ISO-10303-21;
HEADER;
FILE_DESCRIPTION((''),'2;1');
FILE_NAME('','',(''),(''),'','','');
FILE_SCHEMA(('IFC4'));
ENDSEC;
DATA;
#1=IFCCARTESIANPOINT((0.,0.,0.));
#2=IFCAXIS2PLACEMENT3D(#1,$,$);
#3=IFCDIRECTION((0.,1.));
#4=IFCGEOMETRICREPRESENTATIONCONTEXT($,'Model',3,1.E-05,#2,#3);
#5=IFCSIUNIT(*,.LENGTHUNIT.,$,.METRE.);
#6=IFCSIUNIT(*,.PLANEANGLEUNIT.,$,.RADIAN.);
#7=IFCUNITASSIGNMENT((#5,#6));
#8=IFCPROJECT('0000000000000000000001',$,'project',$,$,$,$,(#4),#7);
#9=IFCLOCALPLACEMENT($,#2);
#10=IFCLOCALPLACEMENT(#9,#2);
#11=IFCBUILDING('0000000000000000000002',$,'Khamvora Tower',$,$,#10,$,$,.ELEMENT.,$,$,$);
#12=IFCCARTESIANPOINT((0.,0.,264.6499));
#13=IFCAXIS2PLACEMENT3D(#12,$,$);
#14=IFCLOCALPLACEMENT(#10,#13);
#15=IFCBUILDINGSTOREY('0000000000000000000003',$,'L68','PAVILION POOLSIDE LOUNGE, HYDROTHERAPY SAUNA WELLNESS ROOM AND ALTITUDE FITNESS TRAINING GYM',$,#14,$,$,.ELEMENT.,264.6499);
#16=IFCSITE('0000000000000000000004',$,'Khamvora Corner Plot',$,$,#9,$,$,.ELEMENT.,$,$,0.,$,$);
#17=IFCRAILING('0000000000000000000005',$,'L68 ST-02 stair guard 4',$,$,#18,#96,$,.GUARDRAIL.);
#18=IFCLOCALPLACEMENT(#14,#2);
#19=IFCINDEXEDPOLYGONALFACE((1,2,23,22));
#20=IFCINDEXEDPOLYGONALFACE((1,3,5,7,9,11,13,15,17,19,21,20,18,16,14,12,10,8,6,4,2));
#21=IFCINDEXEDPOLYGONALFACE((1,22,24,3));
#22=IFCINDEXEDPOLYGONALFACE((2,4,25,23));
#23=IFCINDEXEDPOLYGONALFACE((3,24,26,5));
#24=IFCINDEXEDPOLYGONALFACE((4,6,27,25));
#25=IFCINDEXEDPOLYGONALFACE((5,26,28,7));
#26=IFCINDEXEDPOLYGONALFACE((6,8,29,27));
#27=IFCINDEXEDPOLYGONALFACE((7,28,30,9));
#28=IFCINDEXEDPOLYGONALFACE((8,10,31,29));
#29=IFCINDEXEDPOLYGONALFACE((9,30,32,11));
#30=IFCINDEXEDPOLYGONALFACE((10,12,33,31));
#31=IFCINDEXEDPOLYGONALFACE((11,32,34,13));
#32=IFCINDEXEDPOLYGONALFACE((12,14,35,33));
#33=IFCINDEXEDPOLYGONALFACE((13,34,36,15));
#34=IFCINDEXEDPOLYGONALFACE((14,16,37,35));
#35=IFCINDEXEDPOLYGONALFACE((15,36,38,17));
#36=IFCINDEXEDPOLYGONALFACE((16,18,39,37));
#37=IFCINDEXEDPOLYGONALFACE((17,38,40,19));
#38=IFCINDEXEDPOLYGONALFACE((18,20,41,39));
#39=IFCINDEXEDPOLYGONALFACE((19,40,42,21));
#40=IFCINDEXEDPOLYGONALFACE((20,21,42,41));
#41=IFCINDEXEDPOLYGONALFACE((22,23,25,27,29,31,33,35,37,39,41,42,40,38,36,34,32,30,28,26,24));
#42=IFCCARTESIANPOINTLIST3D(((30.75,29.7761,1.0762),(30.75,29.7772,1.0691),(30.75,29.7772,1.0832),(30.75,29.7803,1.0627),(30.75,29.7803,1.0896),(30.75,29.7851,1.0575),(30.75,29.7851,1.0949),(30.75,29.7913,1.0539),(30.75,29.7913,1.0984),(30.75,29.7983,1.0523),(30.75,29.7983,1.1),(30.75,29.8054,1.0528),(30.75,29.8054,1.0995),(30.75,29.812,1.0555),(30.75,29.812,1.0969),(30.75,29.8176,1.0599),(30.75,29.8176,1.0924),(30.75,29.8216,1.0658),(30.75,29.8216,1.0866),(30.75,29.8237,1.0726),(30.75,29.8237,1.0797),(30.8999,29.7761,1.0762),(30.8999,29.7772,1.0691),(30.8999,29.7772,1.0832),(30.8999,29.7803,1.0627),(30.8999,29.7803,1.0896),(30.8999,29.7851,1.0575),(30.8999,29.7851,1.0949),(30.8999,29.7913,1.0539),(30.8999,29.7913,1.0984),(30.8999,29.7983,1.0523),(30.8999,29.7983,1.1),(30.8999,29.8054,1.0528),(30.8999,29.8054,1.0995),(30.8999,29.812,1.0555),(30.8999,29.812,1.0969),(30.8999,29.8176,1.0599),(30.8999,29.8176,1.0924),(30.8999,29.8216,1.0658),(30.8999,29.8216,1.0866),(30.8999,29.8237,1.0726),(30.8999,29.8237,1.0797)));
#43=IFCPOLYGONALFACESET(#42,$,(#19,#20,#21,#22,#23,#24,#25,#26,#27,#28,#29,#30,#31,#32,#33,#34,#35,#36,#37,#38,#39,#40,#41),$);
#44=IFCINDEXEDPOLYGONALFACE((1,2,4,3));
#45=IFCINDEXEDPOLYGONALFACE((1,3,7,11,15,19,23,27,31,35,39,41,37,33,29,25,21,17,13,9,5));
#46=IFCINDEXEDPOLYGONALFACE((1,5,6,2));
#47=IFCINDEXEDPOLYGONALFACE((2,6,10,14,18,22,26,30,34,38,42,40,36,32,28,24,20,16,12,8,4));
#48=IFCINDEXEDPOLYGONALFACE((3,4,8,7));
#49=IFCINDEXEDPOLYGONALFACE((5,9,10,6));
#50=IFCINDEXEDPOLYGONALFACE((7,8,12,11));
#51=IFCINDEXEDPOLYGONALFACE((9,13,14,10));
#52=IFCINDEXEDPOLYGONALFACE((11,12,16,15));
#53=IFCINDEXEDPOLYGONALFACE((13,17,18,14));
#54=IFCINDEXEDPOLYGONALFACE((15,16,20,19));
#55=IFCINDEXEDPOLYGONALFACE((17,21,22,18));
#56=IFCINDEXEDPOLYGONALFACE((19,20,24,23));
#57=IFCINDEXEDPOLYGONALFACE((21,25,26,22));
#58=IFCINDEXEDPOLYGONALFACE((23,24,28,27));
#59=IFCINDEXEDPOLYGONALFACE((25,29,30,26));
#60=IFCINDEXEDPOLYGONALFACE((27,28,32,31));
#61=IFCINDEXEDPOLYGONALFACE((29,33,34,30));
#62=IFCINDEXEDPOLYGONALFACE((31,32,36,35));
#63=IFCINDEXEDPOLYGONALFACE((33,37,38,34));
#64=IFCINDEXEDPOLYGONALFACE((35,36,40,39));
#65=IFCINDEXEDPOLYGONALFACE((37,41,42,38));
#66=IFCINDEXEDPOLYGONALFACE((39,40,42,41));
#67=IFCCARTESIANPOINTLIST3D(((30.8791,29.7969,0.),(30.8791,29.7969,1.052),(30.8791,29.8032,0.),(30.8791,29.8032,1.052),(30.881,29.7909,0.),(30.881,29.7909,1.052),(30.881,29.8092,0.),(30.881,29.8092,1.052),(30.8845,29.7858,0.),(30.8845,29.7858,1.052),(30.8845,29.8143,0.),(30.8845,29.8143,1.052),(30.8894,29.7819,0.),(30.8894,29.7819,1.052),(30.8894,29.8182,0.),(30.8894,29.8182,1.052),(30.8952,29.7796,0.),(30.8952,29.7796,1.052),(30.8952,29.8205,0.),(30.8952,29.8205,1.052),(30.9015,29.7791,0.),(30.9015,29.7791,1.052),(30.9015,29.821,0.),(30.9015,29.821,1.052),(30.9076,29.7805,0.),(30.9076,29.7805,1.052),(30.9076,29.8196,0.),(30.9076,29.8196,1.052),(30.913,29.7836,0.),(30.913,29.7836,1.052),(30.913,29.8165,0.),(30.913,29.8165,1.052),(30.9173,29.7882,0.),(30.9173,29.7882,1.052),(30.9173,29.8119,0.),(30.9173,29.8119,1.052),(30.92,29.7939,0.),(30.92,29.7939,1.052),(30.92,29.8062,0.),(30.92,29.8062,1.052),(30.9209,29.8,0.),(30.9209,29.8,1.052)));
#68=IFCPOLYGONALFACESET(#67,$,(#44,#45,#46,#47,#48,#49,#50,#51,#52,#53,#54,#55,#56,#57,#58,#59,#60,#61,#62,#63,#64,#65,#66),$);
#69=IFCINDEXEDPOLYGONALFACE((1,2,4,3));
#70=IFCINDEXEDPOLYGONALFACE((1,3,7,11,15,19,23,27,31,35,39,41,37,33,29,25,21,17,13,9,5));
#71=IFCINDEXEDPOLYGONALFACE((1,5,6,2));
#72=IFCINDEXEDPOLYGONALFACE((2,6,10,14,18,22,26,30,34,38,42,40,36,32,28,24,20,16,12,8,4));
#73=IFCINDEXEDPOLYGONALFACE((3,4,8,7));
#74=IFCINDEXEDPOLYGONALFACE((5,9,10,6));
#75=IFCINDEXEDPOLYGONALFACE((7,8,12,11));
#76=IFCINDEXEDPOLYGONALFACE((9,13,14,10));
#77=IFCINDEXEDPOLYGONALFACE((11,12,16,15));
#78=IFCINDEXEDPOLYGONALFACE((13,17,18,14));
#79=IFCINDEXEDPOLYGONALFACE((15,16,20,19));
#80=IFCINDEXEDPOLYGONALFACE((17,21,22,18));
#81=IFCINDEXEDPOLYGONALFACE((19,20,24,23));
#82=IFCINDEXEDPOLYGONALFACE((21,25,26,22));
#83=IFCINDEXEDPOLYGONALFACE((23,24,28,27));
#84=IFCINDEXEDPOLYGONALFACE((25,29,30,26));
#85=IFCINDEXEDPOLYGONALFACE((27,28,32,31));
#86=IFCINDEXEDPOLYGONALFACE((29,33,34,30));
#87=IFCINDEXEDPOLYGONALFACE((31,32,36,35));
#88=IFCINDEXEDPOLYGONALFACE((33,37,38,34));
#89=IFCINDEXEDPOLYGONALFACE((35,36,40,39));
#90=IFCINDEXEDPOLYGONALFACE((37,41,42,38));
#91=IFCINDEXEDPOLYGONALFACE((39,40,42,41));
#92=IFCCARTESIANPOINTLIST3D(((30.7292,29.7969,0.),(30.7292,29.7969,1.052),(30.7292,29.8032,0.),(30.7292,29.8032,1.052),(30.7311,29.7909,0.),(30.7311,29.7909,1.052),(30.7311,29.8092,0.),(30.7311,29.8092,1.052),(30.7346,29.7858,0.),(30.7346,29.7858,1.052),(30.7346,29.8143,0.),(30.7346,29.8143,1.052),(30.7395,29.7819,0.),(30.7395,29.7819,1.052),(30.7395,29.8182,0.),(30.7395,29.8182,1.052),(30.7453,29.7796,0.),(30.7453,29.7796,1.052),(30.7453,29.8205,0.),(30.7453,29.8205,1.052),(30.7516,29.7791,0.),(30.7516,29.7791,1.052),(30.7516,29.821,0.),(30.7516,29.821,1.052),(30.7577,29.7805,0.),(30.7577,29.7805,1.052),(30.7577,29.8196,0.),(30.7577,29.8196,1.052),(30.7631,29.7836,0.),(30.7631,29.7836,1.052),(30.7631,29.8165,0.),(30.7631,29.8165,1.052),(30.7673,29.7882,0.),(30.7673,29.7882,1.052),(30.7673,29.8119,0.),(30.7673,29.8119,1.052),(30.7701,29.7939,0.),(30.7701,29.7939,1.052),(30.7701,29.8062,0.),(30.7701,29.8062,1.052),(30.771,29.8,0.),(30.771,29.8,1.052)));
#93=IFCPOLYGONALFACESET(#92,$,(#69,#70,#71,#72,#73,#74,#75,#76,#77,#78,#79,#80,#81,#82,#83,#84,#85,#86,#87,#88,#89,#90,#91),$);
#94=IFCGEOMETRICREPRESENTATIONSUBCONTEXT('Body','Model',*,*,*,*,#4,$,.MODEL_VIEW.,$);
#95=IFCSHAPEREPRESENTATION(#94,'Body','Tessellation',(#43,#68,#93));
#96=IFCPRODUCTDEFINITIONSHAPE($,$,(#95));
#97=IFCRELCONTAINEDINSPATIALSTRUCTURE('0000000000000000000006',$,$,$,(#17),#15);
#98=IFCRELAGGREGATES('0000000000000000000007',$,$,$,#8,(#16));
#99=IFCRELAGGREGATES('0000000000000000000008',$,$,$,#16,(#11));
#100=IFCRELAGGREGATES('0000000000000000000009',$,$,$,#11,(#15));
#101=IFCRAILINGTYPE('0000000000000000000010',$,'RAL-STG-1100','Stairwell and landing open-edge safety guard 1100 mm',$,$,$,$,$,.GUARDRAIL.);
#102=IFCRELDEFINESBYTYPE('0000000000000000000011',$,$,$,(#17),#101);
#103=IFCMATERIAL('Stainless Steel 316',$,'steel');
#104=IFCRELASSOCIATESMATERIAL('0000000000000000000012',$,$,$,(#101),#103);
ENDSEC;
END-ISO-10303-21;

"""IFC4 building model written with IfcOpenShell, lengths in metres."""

from ifc_helpers import new_model, si_unit, direction, frame, origin, origin_2d, place, context, subcontext, project, spatial, circle, extrude, material, type_object, element, save


model = new_model("IFC4")

# Units and contexts
model_context = context("Model", 3, precision=1e-05, world=origin(), true_north=direction((0.0, 1.0)))
body_context = subcontext(model_context, "Body", "Model", "MODEL_VIEW")
ifc_project = project(units=[si_unit("LENGTHUNIT", "METRE"), si_unit("PLANEANGLEUNIT", "RADIAN")], contexts=[model_context])

# Site, building, storey
site_placement = place(None, origin())
site = spatial("IfcSite", under=ifc_project, at=site_placement, Name="Khamvora Corner Plot", CompositionType="ELEMENT", RefElevation=0.0)
building_placement = place(site_placement, origin())
building = spatial("IfcBuilding", under=site, at=building_placement, Name="Khamvora Tower", CompositionType="ELEMENT")
storey_placement = place(building_placement, frame((0.0, 0.0, 264.6499)))
storey = spatial("IfcBuildingStorey", under=building, at=storey_placement, Name="L68", Description="PAVILION POOLSIDE LOUNGE, HYDROTHERAPY SAUNA WELLNESS ROOM AND ALTITUDE FITNESS TRAINING GYM", CompositionType="ELEMENT", Elevation=264.6499)

# Railing
ifc_material_1 = material(Name="Stainless Steel 316", Category="steel")
railing_type_1 = type_object("IfcRailingType", Name="RAL-STG-1100", Description="Stairwell and landing open-edge safety guard 1100 mm", PredefinedType="GUARDRAIL", material=ifc_material_1)
railing_1_placement = place(storey_placement, frame((30.8999, 29.8, 0.0)))
element("IfcRailing", 1, at=railing_1_placement, inside=storey, type_object=railing_type_1, Name="L68 ST-02 stair guard 4", PredefinedType="GUARDRAIL", context=body_context, shape_type="SweptSolid", body=[
    extrude(circle(Radius=0.0239, at=origin_2d()), frame((0.0, 0.0, 1.0762), z_axis=(-1.0, 0.0, 0.0), x_axis=(0.0, -1.0, 0.0)), (0.0, 0.0, 1.0), 0.1499),
    extrude(circle(Radius=0.021, at=origin_2d()), origin(), (0.0, 0.0, 1.0), 1.052),
    extrude(circle(Radius=0.021, at=origin_2d()), frame((-0.1499, 0.0, 0.0)), (0.0, 0.0, 1.0), 1.052),
])

save(model, "model.ifc")
